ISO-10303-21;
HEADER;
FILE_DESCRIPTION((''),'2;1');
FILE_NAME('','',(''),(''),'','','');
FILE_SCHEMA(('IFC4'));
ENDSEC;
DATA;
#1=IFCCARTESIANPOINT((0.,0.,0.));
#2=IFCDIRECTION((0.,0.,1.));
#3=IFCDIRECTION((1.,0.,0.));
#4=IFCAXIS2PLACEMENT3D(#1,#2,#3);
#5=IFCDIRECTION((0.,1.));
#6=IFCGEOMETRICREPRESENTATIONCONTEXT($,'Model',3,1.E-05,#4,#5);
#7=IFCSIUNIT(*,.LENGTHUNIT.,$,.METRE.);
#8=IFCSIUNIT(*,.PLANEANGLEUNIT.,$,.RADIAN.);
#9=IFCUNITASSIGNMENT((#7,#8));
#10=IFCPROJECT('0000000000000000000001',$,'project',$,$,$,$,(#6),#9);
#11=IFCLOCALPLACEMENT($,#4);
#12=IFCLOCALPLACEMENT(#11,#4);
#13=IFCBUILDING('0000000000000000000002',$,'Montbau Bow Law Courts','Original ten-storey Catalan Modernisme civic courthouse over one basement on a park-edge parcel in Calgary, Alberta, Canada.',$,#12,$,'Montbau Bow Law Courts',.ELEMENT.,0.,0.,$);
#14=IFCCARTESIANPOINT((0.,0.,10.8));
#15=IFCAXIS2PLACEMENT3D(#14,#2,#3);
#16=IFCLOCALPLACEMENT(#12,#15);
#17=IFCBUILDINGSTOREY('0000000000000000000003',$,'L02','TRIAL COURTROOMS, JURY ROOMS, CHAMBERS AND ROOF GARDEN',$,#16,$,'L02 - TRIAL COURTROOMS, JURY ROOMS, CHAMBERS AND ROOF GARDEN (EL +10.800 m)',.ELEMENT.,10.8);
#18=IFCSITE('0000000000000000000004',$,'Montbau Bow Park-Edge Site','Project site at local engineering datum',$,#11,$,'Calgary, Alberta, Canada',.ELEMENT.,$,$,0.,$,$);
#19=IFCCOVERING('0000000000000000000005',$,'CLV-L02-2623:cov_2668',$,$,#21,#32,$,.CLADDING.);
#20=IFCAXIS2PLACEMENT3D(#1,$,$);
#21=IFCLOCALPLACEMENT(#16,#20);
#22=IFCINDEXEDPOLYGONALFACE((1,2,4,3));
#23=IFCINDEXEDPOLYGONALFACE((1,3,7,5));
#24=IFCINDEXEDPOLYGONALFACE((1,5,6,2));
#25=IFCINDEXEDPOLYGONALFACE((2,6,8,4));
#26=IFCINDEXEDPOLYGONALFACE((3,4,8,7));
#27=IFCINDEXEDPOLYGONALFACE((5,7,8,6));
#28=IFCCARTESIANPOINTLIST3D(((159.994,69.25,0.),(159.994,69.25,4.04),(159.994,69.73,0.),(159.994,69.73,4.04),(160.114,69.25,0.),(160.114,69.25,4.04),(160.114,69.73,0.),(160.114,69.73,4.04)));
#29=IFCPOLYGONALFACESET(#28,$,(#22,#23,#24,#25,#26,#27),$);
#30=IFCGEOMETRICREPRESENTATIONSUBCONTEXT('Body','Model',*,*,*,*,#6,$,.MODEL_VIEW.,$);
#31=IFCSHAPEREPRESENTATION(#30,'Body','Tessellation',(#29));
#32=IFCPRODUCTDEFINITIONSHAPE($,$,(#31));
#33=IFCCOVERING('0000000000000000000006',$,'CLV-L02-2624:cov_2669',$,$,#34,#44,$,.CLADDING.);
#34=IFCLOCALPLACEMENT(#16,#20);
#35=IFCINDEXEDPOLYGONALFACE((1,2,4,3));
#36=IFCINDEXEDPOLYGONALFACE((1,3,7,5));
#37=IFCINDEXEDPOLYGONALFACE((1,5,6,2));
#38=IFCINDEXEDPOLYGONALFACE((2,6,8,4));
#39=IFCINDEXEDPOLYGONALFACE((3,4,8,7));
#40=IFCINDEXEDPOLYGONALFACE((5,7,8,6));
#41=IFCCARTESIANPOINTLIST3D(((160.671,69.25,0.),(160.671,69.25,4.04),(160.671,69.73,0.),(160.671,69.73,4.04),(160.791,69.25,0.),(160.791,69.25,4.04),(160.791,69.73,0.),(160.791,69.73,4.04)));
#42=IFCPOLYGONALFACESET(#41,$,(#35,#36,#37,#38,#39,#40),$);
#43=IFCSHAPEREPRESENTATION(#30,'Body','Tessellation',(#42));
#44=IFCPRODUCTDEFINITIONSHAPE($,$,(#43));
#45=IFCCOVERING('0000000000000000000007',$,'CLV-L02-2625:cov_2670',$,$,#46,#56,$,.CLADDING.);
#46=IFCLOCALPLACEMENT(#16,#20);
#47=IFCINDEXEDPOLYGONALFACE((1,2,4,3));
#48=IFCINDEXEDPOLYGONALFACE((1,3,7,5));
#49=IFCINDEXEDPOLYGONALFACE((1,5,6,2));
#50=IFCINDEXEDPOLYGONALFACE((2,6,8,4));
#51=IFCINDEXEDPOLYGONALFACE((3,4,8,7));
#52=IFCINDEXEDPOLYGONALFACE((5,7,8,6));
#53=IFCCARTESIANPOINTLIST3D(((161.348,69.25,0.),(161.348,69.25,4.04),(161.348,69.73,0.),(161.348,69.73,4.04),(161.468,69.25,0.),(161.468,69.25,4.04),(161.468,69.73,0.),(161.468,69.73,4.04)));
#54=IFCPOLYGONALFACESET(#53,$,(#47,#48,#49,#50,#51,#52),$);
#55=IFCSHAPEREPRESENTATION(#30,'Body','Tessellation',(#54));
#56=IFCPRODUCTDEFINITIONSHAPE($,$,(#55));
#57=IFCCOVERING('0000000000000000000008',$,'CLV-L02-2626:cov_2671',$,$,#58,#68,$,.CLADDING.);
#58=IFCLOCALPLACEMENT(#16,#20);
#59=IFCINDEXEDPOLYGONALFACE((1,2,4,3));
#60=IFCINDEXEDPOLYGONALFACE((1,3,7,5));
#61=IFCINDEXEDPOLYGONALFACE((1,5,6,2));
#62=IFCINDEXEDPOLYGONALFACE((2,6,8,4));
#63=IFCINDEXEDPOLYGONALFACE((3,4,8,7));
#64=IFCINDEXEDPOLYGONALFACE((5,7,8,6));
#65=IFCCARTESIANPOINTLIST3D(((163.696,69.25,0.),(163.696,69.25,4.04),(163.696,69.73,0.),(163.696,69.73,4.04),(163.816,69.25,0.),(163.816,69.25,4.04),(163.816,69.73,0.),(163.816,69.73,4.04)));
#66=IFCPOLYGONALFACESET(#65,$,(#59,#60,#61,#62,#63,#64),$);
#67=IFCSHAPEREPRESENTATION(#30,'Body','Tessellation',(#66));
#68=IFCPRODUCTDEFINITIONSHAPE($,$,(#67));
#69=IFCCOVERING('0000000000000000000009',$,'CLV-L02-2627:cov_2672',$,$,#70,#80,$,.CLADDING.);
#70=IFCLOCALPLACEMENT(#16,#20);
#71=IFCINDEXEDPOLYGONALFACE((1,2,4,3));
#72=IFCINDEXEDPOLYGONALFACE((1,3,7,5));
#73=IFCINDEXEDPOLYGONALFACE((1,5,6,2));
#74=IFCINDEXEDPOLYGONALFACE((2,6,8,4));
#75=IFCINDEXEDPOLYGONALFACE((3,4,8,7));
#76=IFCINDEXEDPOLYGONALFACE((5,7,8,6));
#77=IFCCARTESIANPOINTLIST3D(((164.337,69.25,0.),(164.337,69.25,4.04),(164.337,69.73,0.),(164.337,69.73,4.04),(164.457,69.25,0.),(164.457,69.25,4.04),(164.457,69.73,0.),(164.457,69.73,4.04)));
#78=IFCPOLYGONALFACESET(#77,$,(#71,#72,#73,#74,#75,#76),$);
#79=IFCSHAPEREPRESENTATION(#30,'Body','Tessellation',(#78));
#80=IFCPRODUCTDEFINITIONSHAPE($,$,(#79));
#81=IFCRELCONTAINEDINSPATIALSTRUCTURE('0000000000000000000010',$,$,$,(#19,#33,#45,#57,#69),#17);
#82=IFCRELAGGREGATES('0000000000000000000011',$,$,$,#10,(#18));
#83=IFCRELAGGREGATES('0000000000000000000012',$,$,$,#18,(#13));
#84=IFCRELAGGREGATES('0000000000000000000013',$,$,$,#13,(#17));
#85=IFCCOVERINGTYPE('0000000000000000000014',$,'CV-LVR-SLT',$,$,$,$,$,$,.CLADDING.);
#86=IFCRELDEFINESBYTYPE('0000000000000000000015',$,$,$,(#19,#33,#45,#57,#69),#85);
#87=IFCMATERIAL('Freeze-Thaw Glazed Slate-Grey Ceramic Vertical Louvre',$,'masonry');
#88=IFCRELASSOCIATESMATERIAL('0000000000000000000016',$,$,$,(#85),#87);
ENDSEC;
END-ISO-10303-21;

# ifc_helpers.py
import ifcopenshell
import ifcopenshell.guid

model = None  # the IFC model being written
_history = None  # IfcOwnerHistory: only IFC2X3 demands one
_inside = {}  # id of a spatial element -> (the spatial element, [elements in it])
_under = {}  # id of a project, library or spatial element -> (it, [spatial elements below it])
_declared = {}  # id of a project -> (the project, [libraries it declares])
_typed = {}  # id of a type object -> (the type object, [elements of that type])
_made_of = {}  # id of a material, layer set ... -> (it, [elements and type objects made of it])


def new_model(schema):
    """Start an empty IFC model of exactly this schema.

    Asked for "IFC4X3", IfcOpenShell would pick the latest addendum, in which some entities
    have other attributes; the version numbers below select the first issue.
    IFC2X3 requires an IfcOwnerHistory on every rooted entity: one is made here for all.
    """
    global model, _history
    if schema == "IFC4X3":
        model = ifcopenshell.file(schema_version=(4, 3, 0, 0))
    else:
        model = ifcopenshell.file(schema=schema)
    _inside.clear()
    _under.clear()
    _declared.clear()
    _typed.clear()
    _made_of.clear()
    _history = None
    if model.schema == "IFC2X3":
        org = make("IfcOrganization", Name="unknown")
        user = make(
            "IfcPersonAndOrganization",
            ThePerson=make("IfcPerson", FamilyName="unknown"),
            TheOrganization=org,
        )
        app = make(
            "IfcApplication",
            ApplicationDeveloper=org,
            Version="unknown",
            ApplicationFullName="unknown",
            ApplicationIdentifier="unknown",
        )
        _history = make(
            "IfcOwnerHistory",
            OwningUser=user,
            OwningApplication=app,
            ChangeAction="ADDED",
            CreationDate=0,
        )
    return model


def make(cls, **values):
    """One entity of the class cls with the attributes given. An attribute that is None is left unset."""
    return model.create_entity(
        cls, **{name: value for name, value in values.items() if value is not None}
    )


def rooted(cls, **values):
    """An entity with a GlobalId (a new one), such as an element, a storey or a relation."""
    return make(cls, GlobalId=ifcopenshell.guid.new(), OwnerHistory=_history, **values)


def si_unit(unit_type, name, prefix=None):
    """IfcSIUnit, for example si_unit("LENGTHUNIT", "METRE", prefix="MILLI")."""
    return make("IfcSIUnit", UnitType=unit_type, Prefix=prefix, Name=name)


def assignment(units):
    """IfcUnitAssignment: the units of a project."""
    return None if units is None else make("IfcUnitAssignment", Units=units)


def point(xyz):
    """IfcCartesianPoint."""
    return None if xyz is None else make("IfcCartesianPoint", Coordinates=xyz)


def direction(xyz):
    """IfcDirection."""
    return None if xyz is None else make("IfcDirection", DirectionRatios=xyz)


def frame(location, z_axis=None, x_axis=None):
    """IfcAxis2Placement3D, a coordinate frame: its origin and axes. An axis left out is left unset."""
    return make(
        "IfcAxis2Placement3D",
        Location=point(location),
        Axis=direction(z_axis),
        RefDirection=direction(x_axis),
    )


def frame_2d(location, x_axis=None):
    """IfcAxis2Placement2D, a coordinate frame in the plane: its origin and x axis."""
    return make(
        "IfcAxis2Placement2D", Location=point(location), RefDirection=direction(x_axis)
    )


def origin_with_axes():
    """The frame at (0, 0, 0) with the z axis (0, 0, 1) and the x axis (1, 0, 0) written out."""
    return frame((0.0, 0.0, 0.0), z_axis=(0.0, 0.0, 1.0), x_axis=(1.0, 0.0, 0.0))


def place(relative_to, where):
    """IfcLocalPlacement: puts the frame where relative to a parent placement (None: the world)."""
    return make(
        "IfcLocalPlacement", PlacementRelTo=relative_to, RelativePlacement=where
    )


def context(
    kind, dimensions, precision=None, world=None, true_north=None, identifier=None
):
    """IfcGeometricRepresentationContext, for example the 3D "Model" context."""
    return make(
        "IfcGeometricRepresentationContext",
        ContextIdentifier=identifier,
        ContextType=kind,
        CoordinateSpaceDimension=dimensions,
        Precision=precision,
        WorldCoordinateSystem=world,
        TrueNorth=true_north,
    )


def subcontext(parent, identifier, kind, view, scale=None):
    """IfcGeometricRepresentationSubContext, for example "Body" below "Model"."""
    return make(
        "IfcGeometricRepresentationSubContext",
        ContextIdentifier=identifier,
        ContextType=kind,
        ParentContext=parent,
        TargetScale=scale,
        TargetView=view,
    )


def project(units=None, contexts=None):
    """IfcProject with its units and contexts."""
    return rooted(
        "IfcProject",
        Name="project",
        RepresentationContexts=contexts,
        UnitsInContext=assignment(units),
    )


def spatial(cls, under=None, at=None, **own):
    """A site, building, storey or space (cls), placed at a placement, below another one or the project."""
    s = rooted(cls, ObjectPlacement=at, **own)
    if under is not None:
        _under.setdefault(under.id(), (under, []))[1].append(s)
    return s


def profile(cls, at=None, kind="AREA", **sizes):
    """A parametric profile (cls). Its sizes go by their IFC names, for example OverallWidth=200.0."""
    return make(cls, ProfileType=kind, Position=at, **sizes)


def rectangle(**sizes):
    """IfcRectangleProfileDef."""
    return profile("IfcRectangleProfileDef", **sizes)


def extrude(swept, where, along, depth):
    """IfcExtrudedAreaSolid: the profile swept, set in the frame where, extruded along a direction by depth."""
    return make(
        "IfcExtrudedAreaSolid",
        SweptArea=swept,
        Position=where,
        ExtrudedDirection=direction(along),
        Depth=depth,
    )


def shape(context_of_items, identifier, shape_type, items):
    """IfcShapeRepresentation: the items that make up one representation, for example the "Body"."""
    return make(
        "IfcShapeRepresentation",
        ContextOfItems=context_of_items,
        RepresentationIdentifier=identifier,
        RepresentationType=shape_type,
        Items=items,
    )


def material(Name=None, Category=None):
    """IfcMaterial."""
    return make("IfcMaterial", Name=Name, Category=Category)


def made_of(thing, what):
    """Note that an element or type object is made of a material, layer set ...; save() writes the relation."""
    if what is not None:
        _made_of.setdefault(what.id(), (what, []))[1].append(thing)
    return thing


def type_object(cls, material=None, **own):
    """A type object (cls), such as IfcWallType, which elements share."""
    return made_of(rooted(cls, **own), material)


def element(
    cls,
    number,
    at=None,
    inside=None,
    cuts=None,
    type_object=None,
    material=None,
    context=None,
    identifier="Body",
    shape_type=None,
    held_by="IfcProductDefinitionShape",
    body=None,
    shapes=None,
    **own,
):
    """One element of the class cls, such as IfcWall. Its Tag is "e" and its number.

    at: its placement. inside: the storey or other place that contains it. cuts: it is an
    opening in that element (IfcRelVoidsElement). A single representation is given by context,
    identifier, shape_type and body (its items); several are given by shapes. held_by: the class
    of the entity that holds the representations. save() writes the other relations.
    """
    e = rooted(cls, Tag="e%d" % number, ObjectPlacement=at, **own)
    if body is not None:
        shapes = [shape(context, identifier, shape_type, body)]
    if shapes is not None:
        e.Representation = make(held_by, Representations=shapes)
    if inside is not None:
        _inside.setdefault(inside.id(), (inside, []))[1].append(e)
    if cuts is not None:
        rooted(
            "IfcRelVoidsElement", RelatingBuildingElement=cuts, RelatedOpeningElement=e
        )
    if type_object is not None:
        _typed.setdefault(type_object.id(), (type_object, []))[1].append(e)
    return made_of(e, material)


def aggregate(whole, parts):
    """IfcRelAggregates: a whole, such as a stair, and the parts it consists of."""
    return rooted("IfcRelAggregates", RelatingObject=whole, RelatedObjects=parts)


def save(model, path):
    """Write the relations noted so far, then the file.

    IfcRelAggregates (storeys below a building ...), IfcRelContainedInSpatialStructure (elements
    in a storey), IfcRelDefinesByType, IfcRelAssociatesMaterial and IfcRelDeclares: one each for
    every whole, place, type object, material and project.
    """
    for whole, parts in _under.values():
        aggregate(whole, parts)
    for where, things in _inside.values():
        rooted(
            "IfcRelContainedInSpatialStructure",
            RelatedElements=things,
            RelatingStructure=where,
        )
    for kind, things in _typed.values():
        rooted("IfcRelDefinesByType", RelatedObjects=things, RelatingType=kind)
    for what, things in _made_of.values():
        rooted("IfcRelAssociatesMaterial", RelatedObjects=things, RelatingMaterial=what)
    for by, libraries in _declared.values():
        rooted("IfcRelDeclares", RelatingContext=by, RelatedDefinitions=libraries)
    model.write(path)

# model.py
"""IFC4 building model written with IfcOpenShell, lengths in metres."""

from ifc_helpers import new_model, si_unit, direction, frame, frame_2d, origin_with_axes, place, context, subcontext, project, spatial, rectangle, extrude, material, type_object, element, save


model = new_model("IFC4")

# Units and contexts
model_context = context("Model", 3, precision=1e-05, world=origin_with_axes(), true_north=direction((0.0, 1.0)))
body_context = subcontext(model_context, "Body", "Model", "MODEL_VIEW")
ifc_project = project(units=[si_unit("LENGTHUNIT", "METRE"), si_unit("PLANEANGLEUNIT", "RADIAN")], contexts=[model_context])

# Site, building, storey
site_placement = place(None, origin_with_axes())
site = spatial("IfcSite", under=ifc_project, at=site_placement, Name="Montbau Bow Park-Edge Site", Description="Project site at local engineering datum", LongName="Calgary, Alberta, Canada", CompositionType="ELEMENT", RefElevation=0.0)
building_placement = place(site_placement, origin_with_axes())
building = spatial("IfcBuilding", under=site, at=building_placement, Name="Montbau Bow Law Courts", Description="Original ten-storey Catalan Modernisme civic courthouse over one basement on a park-edge parcel in Calgary, Alberta, Canada.", LongName="Montbau Bow Law Courts", CompositionType="ELEMENT", ElevationOfRefHeight=0.0, ElevationOfTerrain=0.0)
storey_placement = place(building_placement, frame((0.0, 0.0, 10.8), z_axis=(0.0, 0.0, 1.0), x_axis=(1.0, 0.0, 0.0)))
storey = spatial("IfcBuildingStorey", under=building, at=storey_placement, Name="L02", Description="TRIAL COURTROOMS, JURY ROOMS, CHAMBERS AND ROOF GARDEN", LongName="L02 - TRIAL COURTROOMS, JURY ROOMS, CHAMBERS AND ROOF GARDEN (EL +10.800 m)", CompositionType="ELEMENT", Elevation=10.8)

# Coverings
ifc_material_1 = material(Name="Freeze-Thaw Glazed Slate-Grey Ceramic Vertical Louvre", Category="masonry")
covering_type = type_object("IfcCoveringType", Name="CV-LVR-SLT", PredefinedType="CLADDING", material=ifc_material_1)
for number, where, z_axis, x_axis, name in (
    (1, (160.054, 69.73, 10.8), (-1.0, 0.0, 0.0), (0.0, -1.0, 0.0), "CLV-L02-2623:cov_2668"),
    (2, (160.731, 69.73, 10.8), (-1.0, 0.0, 0.0), (0.0, -1.0, 0.0), "CLV-L02-2624:cov_2669"),
    (3, (161.408, 69.73, 10.8), (-1.0, 0.0, 0.0), (0.0, -1.0, 0.0), "CLV-L02-2625:cov_2670"),
    (4, (163.756, 69.73, 10.8), (-1.0, 0.0, 0.0), (0.0, -1.0, 0.0), "CLV-L02-2626:cov_2671"),
    (5, (164.397, 69.73, 10.8), (-1.0, 0.0, 0.0), (0.0, -1.0, 0.0), "CLV-L02-2627:cov_2672"),
):
    element("IfcCovering", number, at=place(None, frame(where, z_axis=z_axis, x_axis=x_axis)), inside=storey, type_object=covering_type, Name=name, PredefinedType="CLADDING", context=body_context, shape_type="SweptSolid", body=[
        extrude(rectangle(XDim=0.48, YDim=4.04, at=frame_2d((0.24, 2.02), x_axis=(1.0, 0.0))), frame((0.0, 0.0, -0.06), z_axis=(0.0, 0.0, 1.0), x_axis=(1.0, 0.0, 0.0)), (0.0, 0.0, 1.0), 0.12),
    ])

save(model, "model.ifc")
